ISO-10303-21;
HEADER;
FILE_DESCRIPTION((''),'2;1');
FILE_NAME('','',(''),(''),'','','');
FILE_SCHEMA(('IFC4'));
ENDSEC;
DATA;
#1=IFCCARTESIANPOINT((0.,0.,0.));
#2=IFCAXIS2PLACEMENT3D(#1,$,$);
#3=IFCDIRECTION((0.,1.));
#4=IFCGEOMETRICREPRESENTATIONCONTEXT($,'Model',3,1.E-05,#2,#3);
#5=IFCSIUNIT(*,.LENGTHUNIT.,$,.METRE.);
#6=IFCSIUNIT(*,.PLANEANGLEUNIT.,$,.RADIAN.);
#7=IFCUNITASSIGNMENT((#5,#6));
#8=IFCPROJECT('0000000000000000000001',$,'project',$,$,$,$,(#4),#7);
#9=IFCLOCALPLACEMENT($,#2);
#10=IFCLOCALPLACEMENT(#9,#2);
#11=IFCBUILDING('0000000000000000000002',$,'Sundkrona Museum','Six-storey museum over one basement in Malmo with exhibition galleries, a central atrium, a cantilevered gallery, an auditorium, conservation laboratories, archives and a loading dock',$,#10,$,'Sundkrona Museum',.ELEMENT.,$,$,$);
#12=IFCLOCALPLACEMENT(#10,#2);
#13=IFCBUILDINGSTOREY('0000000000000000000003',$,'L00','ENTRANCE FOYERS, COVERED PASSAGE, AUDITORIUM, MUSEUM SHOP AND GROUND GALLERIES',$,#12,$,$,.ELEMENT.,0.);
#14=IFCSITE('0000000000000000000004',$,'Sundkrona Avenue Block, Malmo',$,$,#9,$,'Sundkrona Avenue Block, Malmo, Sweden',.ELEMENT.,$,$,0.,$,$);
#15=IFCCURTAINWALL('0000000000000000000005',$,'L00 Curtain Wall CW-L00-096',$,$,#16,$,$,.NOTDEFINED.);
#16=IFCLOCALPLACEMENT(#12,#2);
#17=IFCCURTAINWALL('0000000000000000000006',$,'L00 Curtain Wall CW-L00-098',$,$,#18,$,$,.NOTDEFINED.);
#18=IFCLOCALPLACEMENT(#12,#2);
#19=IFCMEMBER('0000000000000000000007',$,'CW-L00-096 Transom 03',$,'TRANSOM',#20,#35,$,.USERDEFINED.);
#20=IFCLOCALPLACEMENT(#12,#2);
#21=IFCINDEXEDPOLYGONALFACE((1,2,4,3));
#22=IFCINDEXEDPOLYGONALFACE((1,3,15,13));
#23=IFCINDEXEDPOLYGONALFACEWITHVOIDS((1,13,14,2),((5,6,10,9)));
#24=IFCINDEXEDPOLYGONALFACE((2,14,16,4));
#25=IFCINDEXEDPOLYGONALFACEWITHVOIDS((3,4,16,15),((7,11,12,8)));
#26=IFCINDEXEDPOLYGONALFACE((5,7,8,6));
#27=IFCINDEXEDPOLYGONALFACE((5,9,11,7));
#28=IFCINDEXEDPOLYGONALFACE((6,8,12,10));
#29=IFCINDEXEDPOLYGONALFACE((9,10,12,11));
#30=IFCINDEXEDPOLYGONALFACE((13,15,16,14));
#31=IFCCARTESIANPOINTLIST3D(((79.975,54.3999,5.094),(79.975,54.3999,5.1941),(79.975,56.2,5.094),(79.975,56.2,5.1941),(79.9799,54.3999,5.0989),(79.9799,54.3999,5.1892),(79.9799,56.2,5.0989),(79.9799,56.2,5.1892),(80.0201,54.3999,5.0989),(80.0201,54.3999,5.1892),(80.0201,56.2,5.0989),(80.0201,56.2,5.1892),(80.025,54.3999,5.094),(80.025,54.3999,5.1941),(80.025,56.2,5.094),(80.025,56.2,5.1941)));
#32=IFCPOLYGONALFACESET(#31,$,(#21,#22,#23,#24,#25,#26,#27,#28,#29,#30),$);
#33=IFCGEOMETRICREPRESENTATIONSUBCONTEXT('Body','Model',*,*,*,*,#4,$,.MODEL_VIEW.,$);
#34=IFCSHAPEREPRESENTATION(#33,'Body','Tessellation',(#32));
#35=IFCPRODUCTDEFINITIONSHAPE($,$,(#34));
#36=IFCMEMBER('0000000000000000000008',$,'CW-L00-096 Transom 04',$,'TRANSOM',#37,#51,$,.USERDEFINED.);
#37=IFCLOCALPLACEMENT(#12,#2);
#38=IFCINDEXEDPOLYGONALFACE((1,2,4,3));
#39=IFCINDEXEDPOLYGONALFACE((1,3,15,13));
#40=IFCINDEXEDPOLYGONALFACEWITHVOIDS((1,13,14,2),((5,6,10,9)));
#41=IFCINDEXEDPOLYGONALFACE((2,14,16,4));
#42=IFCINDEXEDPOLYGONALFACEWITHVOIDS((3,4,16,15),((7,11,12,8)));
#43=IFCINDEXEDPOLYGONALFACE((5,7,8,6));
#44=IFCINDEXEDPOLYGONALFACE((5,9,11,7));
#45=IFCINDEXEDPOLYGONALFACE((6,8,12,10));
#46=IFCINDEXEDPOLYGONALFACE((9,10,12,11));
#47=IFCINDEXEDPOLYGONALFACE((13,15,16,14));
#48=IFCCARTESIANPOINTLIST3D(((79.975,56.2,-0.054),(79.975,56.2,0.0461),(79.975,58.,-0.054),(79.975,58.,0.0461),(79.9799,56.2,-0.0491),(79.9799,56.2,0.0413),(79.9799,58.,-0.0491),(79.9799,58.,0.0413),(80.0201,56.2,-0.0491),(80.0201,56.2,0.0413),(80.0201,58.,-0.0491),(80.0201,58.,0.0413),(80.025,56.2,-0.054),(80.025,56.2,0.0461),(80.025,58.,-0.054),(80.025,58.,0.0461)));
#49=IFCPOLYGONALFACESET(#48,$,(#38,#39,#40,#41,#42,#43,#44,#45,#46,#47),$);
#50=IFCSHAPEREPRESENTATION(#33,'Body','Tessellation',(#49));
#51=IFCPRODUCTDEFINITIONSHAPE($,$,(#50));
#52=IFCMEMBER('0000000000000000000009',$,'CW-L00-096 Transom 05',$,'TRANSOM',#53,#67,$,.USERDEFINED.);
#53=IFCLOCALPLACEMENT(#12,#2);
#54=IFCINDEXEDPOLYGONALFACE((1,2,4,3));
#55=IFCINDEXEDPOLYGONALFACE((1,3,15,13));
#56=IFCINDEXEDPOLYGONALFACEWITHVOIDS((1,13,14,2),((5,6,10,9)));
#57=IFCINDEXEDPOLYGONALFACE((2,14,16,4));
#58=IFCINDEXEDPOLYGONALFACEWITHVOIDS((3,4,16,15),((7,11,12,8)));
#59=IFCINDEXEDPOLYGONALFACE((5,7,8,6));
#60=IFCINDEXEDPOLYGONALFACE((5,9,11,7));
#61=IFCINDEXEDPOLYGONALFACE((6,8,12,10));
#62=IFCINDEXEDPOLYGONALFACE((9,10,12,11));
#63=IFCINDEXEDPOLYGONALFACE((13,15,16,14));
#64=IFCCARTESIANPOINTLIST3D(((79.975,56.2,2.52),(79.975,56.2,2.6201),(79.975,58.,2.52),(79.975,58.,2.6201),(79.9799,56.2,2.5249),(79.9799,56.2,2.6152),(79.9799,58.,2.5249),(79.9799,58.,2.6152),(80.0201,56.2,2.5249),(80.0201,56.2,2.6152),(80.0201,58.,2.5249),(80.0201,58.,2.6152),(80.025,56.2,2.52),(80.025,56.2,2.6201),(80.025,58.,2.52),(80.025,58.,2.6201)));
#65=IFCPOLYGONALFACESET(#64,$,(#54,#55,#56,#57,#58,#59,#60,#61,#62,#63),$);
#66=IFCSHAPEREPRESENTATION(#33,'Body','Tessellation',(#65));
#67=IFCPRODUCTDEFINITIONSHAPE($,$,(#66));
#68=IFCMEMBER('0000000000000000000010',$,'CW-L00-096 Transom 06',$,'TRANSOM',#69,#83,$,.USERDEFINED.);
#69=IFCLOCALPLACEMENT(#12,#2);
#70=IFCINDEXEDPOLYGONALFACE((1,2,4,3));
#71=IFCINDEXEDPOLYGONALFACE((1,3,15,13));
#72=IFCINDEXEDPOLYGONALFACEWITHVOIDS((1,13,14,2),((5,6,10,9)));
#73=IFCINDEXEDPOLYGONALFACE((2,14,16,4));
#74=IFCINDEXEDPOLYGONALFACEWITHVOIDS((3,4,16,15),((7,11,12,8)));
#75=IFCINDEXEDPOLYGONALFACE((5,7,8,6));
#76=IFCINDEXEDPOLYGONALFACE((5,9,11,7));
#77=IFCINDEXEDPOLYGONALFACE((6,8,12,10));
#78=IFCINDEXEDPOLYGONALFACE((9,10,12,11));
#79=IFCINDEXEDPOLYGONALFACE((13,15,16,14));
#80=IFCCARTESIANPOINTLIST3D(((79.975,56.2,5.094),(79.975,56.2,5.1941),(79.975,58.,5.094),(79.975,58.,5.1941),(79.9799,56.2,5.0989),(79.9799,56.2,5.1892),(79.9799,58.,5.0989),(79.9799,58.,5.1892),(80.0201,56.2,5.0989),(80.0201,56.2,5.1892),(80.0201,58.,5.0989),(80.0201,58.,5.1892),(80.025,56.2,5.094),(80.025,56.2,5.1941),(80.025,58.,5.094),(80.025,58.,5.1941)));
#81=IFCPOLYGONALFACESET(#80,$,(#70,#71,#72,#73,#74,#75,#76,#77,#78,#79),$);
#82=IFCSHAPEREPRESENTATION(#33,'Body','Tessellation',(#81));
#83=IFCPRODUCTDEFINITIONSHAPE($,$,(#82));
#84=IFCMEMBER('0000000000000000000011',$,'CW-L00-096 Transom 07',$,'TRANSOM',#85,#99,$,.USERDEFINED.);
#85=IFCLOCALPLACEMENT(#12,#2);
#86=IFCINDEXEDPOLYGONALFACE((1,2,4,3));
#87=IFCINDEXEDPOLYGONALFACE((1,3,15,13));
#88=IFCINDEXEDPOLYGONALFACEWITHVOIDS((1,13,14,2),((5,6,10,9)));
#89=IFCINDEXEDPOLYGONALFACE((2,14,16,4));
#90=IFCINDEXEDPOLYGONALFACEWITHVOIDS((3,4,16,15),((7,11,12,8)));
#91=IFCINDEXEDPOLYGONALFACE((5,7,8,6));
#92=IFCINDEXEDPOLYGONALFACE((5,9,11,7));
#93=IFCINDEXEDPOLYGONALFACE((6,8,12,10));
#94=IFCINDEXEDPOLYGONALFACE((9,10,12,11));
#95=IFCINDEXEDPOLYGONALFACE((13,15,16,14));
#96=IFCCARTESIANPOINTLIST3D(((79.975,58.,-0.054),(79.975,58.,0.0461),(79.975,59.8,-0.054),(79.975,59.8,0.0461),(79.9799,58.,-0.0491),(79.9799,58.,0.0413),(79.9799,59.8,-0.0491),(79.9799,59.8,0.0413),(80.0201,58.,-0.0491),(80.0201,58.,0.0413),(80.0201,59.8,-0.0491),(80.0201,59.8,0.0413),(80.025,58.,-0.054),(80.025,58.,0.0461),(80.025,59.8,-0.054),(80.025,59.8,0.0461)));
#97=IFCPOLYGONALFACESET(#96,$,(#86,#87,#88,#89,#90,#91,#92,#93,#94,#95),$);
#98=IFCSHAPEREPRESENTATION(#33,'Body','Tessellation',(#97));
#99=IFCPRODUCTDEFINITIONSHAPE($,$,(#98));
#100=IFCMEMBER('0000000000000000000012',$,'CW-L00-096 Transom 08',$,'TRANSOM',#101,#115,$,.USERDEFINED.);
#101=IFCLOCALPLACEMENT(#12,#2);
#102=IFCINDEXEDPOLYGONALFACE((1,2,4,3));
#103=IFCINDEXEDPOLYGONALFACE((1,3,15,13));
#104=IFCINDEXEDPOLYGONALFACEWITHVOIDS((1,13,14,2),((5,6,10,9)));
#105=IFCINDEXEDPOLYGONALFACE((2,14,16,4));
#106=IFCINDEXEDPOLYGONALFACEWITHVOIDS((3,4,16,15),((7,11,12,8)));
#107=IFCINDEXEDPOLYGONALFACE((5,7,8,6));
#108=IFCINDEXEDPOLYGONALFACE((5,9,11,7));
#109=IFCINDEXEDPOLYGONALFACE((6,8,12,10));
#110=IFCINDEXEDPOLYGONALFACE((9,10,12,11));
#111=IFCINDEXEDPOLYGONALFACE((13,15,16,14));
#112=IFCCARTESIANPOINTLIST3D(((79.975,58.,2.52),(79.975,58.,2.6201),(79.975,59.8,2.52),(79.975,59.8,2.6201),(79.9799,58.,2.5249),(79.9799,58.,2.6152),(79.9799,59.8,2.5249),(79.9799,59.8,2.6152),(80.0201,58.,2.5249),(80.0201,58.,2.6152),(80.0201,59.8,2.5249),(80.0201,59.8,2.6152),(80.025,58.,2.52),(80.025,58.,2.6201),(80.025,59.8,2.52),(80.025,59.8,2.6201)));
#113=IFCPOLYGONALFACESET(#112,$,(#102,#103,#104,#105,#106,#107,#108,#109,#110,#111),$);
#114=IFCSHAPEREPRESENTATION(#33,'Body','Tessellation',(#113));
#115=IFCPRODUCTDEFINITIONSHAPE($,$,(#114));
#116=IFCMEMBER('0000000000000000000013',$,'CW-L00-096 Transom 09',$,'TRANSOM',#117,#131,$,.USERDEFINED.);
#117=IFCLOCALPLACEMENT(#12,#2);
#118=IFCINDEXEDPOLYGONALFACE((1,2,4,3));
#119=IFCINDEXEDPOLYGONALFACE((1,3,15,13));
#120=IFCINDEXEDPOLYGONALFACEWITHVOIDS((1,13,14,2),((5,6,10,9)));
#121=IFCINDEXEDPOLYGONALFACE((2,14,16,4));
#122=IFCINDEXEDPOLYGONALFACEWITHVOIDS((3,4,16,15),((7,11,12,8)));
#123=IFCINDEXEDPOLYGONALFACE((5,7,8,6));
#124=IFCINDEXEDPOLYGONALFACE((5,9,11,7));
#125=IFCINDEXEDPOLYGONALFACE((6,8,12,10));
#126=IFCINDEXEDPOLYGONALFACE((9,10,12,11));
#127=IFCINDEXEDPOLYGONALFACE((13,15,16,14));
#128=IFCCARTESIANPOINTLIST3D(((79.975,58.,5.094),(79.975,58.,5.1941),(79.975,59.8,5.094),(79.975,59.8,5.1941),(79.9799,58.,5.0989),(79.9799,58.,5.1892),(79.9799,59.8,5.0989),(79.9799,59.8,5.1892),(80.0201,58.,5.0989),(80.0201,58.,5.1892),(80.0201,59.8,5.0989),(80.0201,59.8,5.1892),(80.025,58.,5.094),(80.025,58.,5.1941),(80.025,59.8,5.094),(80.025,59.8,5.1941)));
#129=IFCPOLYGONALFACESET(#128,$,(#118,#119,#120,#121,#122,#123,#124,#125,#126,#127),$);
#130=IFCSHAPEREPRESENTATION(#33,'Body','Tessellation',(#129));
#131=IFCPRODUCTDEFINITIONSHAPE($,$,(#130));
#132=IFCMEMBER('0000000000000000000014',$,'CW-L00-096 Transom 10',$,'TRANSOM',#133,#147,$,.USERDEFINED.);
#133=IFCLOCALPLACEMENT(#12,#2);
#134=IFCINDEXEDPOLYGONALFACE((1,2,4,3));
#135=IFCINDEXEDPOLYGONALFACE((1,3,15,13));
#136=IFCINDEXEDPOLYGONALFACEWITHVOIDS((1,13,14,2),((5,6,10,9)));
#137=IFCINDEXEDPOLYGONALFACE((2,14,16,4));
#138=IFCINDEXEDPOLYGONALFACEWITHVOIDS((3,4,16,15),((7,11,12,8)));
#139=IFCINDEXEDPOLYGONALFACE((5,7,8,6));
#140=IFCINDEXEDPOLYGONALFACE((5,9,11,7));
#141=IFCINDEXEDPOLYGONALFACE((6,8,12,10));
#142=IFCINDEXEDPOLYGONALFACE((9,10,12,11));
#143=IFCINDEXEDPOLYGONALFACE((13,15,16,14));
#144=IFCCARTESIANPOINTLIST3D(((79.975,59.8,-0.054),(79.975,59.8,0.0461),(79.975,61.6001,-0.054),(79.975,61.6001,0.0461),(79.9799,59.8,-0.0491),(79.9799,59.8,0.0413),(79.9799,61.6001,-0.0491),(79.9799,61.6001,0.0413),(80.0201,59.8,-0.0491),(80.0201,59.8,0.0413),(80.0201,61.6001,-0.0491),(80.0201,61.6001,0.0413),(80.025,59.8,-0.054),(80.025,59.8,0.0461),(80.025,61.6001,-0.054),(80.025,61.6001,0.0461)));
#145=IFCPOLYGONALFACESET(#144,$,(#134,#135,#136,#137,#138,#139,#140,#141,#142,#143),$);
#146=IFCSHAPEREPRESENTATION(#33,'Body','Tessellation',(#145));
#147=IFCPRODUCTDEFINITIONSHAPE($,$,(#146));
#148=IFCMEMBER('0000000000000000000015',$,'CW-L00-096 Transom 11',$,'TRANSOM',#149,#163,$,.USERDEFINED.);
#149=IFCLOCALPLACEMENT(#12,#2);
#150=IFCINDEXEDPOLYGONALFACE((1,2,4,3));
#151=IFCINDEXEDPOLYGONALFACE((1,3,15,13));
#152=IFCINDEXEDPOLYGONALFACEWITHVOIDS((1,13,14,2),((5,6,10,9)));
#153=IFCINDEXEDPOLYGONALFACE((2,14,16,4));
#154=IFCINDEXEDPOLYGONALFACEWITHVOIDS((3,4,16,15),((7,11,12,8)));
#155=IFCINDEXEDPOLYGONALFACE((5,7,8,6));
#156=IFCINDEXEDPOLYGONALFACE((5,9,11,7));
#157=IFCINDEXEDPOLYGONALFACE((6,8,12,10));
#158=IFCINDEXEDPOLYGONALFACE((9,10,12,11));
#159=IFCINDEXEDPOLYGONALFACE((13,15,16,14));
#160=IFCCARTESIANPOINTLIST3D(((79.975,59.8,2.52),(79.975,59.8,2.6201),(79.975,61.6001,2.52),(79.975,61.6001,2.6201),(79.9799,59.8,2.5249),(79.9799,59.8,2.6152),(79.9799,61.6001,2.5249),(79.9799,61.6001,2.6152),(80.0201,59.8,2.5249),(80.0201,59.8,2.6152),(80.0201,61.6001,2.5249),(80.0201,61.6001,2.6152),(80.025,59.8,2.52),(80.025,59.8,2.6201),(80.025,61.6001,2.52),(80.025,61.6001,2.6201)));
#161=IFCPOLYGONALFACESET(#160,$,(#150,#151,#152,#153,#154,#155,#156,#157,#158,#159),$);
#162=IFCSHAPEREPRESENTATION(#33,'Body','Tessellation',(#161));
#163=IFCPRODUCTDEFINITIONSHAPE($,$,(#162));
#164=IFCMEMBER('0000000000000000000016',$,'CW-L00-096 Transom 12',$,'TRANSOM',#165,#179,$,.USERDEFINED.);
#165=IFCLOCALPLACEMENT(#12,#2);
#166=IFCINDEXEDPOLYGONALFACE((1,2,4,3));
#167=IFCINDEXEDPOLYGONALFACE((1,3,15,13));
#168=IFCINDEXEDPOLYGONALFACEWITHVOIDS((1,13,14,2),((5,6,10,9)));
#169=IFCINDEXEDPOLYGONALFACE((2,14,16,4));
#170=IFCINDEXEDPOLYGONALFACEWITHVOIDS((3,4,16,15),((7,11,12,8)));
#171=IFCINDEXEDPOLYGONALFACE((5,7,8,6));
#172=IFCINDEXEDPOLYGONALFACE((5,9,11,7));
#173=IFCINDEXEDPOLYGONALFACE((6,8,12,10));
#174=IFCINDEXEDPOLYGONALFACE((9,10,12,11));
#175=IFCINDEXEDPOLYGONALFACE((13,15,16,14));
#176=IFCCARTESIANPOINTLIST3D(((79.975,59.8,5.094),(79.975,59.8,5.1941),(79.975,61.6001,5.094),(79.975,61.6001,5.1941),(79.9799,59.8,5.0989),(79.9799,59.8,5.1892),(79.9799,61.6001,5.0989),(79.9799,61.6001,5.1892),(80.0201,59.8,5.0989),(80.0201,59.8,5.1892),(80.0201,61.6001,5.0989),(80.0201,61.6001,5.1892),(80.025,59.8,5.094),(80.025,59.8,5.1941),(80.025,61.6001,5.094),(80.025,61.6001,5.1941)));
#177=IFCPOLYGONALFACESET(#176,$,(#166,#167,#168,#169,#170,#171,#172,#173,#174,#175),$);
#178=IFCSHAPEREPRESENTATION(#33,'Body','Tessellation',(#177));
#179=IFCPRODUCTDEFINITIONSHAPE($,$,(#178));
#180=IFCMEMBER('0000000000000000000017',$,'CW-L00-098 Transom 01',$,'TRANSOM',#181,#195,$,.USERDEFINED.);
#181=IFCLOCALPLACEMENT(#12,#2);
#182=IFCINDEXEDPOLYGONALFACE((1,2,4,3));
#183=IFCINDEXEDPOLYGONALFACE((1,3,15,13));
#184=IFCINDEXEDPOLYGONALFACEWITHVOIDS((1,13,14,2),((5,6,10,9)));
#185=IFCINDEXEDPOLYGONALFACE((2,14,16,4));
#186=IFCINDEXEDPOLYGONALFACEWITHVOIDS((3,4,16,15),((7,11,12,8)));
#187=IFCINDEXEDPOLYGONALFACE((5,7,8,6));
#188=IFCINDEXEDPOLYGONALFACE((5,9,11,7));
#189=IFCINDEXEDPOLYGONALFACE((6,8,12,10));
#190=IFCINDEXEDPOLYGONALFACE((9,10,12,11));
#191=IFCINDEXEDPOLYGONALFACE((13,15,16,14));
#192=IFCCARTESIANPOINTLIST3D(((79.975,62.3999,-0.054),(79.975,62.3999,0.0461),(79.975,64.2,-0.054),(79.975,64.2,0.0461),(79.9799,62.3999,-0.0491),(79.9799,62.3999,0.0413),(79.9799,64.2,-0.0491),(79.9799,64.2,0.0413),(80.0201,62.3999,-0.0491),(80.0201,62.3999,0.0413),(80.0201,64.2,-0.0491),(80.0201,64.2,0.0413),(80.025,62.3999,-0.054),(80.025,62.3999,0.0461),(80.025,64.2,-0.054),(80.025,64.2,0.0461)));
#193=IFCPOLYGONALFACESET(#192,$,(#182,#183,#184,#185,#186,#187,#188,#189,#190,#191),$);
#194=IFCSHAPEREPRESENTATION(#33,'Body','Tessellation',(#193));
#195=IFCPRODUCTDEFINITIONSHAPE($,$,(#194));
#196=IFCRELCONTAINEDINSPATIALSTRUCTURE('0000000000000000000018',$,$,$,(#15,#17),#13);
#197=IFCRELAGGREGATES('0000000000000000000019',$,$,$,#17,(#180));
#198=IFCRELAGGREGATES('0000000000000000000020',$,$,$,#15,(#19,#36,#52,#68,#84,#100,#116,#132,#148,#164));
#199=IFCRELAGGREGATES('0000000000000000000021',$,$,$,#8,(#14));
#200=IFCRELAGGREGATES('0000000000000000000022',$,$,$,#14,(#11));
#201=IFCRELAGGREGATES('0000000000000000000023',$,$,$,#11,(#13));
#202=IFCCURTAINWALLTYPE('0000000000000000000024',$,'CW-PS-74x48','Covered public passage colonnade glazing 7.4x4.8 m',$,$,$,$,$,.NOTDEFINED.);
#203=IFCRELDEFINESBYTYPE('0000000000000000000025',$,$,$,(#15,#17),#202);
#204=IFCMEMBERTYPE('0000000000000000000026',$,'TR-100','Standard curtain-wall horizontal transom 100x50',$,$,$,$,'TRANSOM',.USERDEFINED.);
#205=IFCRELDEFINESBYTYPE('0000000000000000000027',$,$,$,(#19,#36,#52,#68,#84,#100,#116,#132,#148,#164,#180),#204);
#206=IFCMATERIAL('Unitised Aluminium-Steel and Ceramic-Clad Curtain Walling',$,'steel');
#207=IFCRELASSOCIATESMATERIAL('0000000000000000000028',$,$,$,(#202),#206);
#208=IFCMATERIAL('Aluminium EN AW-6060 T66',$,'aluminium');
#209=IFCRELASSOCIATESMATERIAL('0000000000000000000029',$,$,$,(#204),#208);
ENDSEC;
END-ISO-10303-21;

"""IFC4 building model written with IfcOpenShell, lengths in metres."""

from ifc_helpers import new_model, si_unit, direction, frame, origin, origin_2d, place, context, subcontext, project, spatial, hollow_rectangle, extrude, material, material_profile, profile_set, type_object, element, aggregate, save


model = new_model("IFC4")

# Units and contexts
model_context = context("Model", 3, precision=1e-05, world=origin(), true_north=direction((0.0, 1.0)))
body_context = subcontext(model_context, "Body", "Model", "MODEL_VIEW")
ifc_project = project(units=[si_unit("LENGTHUNIT", "METRE"), si_unit("PLANEANGLEUNIT", "RADIAN")], contexts=[model_context])

# Site, building, storey
site_placement = place(None, origin())
site = spatial("IfcSite", under=ifc_project, at=site_placement, Name="Sundkrona Avenue Block, Malmo", LongName="Sundkrona Avenue Block, Malmo, Sweden", CompositionType="ELEMENT", RefElevation=0.0)
building_placement = place(site_placement, origin())
building = spatial("IfcBuilding", under=site, at=building_placement, Name="Sundkrona Museum", Description="Six-storey museum over one basement in Malmo with exhibition galleries, a central atrium, a cantilevered gallery, an auditorium, conservation laboratories, archives and a loading dock", LongName="Sundkrona Museum", CompositionType="ELEMENT")
storey_placement = place(building_placement, origin())
storey = spatial("IfcBuildingStorey", under=building, at=storey_placement, Name="L00", Description="ENTRANCE FOYERS, COVERED PASSAGE, AUDITORIUM, MUSEUM SHOP AND GROUND GALLERIES", CompositionType="ELEMENT", Elevation=0.0)

# Curtain wall
ifc_material_1 = material(Name="Unitised Aluminium-Steel and Ceramic-Clad Curtain Walling", Category="steel")
curtain_wall_type = type_object("IfcCurtainWallType", Name="CW-PS-74x48", Description="Covered public passage colonnade glazing 7.4x4.8 m", PredefinedType="NOTDEFINED", material=ifc_material_1)
curtain_wall_1_placement = place(storey_placement, origin())
curtain_wall_1 = element("IfcCurtainWall", 1, at=curtain_wall_1_placement, inside=storey, type_object=curtain_wall_type, Name="L00 Curtain Wall CW-L00-096", PredefinedType="NOTDEFINED")
ifc_material_2 = material(Name="Aluminium EN AW-6060 T66", Category="aluminium")

# Curtain wall
curtain_wall_2_placement = place(storey_placement, origin())
curtain_wall_2 = element("IfcCurtainWall", 2, at=curtain_wall_2_placement, inside=storey, type_object=curtain_wall_type, Name="L00 Curtain Wall CW-L00-098", PredefinedType="NOTDEFINED")

# Members
ifc_material_profile_1 = material_profile(ifc_material_2, hollow_rectangle(XDim=0.05, YDim=0.1001, WallThickness=0.0049, at=origin_2d()), Name="RHS 100x50x5.0")
ifc_profile_set_1 = profile_set([ifc_material_profile_1], Name="Aluminium EN AW-6060 T66")
member_type_1 = type_object("IfcMemberType", Name="TR-100", Description="Standard curtain-wall horizontal transom 100x50", ElementType="TRANSOM", PredefinedType="USERDEFINED", material=ifc_profile_set_1)
member_1_placement = place(storey_placement, frame((80.0, 54.3999, 5.144), z_axis=(0.0, 1.0, 0.0), x_axis=(-1.0, 0.0, 0.0)))
member_1 = element("IfcMember", 3, at=member_1_placement, type_object=member_type_1, Name="CW-L00-096 Transom 03", ObjectType="TRANSOM", PredefinedType="USERDEFINED", context=body_context, shape_type="SweptSolid", body=[
    extrude(hollow_rectangle(XDim=0.05, YDim=0.1001, WallThickness=0.0049, at=origin_2d()), origin(), (0.0, 0.0, 1.0), 1.8),
])
member_2_placement = place(storey_placement, frame((80.0, 56.2, -0.0039), z_axis=(0.0, 1.0, 0.0), x_axis=(-1.0, 0.0, 0.0)))
member_2 = element("IfcMember", 4, at=member_2_placement, type_object=member_type_1, Name="CW-L00-096 Transom 04", ObjectType="TRANSOM", PredefinedType="USERDEFINED", context=body_context, shape_type="SweptSolid", body=[
    extrude(hollow_rectangle(XDim=0.05, YDim=0.1001, WallThickness=0.0049, at=origin_2d()), origin(), (0.0, 0.0, 1.0), 1.8),
])
member_3_placement = place(storey_placement, frame((80.0, 56.2, 2.5701), z_axis=(0.0, 1.0, 0.0), x_axis=(-1.0, 0.0, 0.0)))
member_3 = element("IfcMember", 5, at=member_3_placement, type_object=member_type_1, Name="CW-L00-096 Transom 05", ObjectType="TRANSOM", PredefinedType="USERDEFINED", context=body_context, shape_type="SweptSolid", body=[
    extrude(hollow_rectangle(XDim=0.05, YDim=0.1001, WallThickness=0.0049, at=origin_2d()), origin(), (0.0, 0.0, 1.0), 1.8),
])
member_4_placement = place(storey_placement, frame((80.0, 56.2, 5.144), z_axis=(0.0, 1.0, 0.0), x_axis=(-1.0, 0.0, 0.0)))
member_4 = element("IfcMember", 6, at=member_4_placement, type_object=member_type_1, Name="CW-L00-096 Transom 06", ObjectType="TRANSOM", PredefinedType="USERDEFINED", context=body_context, shape_type="SweptSolid", body=[
    extrude(hollow_rectangle(XDim=0.05, YDim=0.1001, WallThickness=0.0049, at=origin_2d()), origin(), (0.0, 0.0, 1.0), 1.8),
])
member_5_placement = place(storey_placement, frame((80.0, 58.0, -0.0039), z_axis=(0.0, 1.0, 0.0), x_axis=(-1.0, 0.0, 0.0)))
member_5 = element("IfcMember", 7, at=member_5_placement, type_object=member_type_1, Name="CW-L00-096 Transom 07", ObjectType="TRANSOM", PredefinedType="USERDEFINED", context=body_context, shape_type="SweptSolid", body=[
    extrude(hollow_rectangle(XDim=0.05, YDim=0.1001, WallThickness=0.0049, at=origin_2d()), origin(), (0.0, 0.0, 1.0), 1.8),
])
member_6_placement = place(storey_placement, frame((80.0, 58.0, 2.5701), z_axis=(0.0, 1.0, 0.0), x_axis=(-1.0, 0.0, 0.0)))
member_6 = element("IfcMember", 8, at=member_6_placement, type_object=member_type_1, Name="CW-L00-096 Transom 08", ObjectType="TRANSOM", PredefinedType="USERDEFINED", context=body_context, shape_type="SweptSolid", body=[
    extrude(hollow_rectangle(XDim=0.05, YDim=0.1001, WallThickness=0.0049, at=origin_2d()), origin(), (0.0, 0.0, 1.0), 1.8),
])
member_7_placement = place(storey_placement, frame((80.0, 58.0, 5.144), z_axis=(0.0, 1.0, 0.0), x_axis=(-1.0, 0.0, 0.0)))
member_7 = element("IfcMember", 9, at=member_7_placement, type_object=member_type_1, Name="CW-L00-096 Transom 09", ObjectType="TRANSOM", PredefinedType="USERDEFINED", context=body_context, shape_type="SweptSolid", body=[
    extrude(hollow_rectangle(XDim=0.05, YDim=0.1001, WallThickness=0.0049, at=origin_2d()), origin(), (0.0, 0.0, 1.0), 1.8),
])
member_8_placement = place(storey_placement, frame((80.0, 59.8, -0.0039), z_axis=(0.0, 1.0, 0.0), x_axis=(-1.0, 0.0, 0.0)))
member_8 = element("IfcMember", 10, at=member_8_placement, type_object=member_type_1, Name="CW-L00-096 Transom 10", ObjectType="TRANSOM", PredefinedType="USERDEFINED", context=body_context, shape_type="SweptSolid", body=[
    extrude(hollow_rectangle(XDim=0.05, YDim=0.1001, WallThickness=0.0049, at=origin_2d()), origin(), (0.0, 0.0, 1.0), 1.8),
])
member_9_placement = place(storey_placement, frame((80.0, 59.8, 2.5701), z_axis=(0.0, 1.0, 0.0), x_axis=(-1.0, 0.0, 0.0)))
member_9 = element("IfcMember", 11, at=member_9_placement, type_object=member_type_1, Name="CW-L00-096 Transom 11", ObjectType="TRANSOM", PredefinedType="USERDEFINED", context=body_context, shape_type="SweptSolid", body=[
    extrude(hollow_rectangle(XDim=0.05, YDim=0.1001, WallThickness=0.0049, at=origin_2d()), origin(), (0.0, 0.0, 1.0), 1.8),
])
member_10_placement = place(storey_placement, frame((80.0, 59.8, 5.144), z_axis=(0.0, 1.0, 0.0), x_axis=(-1.0, 0.0, 0.0)))
member_10 = element("IfcMember", 12, at=member_10_placement, type_object=member_type_1, Name="CW-L00-096 Transom 12", ObjectType="TRANSOM", PredefinedType="USERDEFINED", context=body_context, shape_type="SweptSolid", body=[
    extrude(hollow_rectangle(XDim=0.05, YDim=0.1001, WallThickness=0.0049, at=origin_2d()), origin(), (0.0, 0.0, 1.0), 1.8),
])
member_11_placement = place(storey_placement, frame((80.0, 62.3999, -0.0039), z_axis=(0.0, 1.0, 0.0), x_axis=(-1.0, 0.0, 0.0)))
member_11 = element("IfcMember", 13, at=member_11_placement, type_object=member_type_1, Name="CW-L00-098 Transom 01", ObjectType="TRANSOM", PredefinedType="USERDEFINED", context=body_context, shape_type="SweptSolid", body=[
    extrude(hollow_rectangle(XDim=0.05, YDim=0.1001, WallThickness=0.0049, at=origin_2d()), origin(), (0.0, 0.0, 1.0), 1.8),
])
aggregate(curtain_wall_2, [member_11])

aggregate(curtain_wall_1, [member_1, member_2, member_3, member_4, member_5, member_6, member_7, member_8, member_9, member_10])

save(model, "model.ifc")
